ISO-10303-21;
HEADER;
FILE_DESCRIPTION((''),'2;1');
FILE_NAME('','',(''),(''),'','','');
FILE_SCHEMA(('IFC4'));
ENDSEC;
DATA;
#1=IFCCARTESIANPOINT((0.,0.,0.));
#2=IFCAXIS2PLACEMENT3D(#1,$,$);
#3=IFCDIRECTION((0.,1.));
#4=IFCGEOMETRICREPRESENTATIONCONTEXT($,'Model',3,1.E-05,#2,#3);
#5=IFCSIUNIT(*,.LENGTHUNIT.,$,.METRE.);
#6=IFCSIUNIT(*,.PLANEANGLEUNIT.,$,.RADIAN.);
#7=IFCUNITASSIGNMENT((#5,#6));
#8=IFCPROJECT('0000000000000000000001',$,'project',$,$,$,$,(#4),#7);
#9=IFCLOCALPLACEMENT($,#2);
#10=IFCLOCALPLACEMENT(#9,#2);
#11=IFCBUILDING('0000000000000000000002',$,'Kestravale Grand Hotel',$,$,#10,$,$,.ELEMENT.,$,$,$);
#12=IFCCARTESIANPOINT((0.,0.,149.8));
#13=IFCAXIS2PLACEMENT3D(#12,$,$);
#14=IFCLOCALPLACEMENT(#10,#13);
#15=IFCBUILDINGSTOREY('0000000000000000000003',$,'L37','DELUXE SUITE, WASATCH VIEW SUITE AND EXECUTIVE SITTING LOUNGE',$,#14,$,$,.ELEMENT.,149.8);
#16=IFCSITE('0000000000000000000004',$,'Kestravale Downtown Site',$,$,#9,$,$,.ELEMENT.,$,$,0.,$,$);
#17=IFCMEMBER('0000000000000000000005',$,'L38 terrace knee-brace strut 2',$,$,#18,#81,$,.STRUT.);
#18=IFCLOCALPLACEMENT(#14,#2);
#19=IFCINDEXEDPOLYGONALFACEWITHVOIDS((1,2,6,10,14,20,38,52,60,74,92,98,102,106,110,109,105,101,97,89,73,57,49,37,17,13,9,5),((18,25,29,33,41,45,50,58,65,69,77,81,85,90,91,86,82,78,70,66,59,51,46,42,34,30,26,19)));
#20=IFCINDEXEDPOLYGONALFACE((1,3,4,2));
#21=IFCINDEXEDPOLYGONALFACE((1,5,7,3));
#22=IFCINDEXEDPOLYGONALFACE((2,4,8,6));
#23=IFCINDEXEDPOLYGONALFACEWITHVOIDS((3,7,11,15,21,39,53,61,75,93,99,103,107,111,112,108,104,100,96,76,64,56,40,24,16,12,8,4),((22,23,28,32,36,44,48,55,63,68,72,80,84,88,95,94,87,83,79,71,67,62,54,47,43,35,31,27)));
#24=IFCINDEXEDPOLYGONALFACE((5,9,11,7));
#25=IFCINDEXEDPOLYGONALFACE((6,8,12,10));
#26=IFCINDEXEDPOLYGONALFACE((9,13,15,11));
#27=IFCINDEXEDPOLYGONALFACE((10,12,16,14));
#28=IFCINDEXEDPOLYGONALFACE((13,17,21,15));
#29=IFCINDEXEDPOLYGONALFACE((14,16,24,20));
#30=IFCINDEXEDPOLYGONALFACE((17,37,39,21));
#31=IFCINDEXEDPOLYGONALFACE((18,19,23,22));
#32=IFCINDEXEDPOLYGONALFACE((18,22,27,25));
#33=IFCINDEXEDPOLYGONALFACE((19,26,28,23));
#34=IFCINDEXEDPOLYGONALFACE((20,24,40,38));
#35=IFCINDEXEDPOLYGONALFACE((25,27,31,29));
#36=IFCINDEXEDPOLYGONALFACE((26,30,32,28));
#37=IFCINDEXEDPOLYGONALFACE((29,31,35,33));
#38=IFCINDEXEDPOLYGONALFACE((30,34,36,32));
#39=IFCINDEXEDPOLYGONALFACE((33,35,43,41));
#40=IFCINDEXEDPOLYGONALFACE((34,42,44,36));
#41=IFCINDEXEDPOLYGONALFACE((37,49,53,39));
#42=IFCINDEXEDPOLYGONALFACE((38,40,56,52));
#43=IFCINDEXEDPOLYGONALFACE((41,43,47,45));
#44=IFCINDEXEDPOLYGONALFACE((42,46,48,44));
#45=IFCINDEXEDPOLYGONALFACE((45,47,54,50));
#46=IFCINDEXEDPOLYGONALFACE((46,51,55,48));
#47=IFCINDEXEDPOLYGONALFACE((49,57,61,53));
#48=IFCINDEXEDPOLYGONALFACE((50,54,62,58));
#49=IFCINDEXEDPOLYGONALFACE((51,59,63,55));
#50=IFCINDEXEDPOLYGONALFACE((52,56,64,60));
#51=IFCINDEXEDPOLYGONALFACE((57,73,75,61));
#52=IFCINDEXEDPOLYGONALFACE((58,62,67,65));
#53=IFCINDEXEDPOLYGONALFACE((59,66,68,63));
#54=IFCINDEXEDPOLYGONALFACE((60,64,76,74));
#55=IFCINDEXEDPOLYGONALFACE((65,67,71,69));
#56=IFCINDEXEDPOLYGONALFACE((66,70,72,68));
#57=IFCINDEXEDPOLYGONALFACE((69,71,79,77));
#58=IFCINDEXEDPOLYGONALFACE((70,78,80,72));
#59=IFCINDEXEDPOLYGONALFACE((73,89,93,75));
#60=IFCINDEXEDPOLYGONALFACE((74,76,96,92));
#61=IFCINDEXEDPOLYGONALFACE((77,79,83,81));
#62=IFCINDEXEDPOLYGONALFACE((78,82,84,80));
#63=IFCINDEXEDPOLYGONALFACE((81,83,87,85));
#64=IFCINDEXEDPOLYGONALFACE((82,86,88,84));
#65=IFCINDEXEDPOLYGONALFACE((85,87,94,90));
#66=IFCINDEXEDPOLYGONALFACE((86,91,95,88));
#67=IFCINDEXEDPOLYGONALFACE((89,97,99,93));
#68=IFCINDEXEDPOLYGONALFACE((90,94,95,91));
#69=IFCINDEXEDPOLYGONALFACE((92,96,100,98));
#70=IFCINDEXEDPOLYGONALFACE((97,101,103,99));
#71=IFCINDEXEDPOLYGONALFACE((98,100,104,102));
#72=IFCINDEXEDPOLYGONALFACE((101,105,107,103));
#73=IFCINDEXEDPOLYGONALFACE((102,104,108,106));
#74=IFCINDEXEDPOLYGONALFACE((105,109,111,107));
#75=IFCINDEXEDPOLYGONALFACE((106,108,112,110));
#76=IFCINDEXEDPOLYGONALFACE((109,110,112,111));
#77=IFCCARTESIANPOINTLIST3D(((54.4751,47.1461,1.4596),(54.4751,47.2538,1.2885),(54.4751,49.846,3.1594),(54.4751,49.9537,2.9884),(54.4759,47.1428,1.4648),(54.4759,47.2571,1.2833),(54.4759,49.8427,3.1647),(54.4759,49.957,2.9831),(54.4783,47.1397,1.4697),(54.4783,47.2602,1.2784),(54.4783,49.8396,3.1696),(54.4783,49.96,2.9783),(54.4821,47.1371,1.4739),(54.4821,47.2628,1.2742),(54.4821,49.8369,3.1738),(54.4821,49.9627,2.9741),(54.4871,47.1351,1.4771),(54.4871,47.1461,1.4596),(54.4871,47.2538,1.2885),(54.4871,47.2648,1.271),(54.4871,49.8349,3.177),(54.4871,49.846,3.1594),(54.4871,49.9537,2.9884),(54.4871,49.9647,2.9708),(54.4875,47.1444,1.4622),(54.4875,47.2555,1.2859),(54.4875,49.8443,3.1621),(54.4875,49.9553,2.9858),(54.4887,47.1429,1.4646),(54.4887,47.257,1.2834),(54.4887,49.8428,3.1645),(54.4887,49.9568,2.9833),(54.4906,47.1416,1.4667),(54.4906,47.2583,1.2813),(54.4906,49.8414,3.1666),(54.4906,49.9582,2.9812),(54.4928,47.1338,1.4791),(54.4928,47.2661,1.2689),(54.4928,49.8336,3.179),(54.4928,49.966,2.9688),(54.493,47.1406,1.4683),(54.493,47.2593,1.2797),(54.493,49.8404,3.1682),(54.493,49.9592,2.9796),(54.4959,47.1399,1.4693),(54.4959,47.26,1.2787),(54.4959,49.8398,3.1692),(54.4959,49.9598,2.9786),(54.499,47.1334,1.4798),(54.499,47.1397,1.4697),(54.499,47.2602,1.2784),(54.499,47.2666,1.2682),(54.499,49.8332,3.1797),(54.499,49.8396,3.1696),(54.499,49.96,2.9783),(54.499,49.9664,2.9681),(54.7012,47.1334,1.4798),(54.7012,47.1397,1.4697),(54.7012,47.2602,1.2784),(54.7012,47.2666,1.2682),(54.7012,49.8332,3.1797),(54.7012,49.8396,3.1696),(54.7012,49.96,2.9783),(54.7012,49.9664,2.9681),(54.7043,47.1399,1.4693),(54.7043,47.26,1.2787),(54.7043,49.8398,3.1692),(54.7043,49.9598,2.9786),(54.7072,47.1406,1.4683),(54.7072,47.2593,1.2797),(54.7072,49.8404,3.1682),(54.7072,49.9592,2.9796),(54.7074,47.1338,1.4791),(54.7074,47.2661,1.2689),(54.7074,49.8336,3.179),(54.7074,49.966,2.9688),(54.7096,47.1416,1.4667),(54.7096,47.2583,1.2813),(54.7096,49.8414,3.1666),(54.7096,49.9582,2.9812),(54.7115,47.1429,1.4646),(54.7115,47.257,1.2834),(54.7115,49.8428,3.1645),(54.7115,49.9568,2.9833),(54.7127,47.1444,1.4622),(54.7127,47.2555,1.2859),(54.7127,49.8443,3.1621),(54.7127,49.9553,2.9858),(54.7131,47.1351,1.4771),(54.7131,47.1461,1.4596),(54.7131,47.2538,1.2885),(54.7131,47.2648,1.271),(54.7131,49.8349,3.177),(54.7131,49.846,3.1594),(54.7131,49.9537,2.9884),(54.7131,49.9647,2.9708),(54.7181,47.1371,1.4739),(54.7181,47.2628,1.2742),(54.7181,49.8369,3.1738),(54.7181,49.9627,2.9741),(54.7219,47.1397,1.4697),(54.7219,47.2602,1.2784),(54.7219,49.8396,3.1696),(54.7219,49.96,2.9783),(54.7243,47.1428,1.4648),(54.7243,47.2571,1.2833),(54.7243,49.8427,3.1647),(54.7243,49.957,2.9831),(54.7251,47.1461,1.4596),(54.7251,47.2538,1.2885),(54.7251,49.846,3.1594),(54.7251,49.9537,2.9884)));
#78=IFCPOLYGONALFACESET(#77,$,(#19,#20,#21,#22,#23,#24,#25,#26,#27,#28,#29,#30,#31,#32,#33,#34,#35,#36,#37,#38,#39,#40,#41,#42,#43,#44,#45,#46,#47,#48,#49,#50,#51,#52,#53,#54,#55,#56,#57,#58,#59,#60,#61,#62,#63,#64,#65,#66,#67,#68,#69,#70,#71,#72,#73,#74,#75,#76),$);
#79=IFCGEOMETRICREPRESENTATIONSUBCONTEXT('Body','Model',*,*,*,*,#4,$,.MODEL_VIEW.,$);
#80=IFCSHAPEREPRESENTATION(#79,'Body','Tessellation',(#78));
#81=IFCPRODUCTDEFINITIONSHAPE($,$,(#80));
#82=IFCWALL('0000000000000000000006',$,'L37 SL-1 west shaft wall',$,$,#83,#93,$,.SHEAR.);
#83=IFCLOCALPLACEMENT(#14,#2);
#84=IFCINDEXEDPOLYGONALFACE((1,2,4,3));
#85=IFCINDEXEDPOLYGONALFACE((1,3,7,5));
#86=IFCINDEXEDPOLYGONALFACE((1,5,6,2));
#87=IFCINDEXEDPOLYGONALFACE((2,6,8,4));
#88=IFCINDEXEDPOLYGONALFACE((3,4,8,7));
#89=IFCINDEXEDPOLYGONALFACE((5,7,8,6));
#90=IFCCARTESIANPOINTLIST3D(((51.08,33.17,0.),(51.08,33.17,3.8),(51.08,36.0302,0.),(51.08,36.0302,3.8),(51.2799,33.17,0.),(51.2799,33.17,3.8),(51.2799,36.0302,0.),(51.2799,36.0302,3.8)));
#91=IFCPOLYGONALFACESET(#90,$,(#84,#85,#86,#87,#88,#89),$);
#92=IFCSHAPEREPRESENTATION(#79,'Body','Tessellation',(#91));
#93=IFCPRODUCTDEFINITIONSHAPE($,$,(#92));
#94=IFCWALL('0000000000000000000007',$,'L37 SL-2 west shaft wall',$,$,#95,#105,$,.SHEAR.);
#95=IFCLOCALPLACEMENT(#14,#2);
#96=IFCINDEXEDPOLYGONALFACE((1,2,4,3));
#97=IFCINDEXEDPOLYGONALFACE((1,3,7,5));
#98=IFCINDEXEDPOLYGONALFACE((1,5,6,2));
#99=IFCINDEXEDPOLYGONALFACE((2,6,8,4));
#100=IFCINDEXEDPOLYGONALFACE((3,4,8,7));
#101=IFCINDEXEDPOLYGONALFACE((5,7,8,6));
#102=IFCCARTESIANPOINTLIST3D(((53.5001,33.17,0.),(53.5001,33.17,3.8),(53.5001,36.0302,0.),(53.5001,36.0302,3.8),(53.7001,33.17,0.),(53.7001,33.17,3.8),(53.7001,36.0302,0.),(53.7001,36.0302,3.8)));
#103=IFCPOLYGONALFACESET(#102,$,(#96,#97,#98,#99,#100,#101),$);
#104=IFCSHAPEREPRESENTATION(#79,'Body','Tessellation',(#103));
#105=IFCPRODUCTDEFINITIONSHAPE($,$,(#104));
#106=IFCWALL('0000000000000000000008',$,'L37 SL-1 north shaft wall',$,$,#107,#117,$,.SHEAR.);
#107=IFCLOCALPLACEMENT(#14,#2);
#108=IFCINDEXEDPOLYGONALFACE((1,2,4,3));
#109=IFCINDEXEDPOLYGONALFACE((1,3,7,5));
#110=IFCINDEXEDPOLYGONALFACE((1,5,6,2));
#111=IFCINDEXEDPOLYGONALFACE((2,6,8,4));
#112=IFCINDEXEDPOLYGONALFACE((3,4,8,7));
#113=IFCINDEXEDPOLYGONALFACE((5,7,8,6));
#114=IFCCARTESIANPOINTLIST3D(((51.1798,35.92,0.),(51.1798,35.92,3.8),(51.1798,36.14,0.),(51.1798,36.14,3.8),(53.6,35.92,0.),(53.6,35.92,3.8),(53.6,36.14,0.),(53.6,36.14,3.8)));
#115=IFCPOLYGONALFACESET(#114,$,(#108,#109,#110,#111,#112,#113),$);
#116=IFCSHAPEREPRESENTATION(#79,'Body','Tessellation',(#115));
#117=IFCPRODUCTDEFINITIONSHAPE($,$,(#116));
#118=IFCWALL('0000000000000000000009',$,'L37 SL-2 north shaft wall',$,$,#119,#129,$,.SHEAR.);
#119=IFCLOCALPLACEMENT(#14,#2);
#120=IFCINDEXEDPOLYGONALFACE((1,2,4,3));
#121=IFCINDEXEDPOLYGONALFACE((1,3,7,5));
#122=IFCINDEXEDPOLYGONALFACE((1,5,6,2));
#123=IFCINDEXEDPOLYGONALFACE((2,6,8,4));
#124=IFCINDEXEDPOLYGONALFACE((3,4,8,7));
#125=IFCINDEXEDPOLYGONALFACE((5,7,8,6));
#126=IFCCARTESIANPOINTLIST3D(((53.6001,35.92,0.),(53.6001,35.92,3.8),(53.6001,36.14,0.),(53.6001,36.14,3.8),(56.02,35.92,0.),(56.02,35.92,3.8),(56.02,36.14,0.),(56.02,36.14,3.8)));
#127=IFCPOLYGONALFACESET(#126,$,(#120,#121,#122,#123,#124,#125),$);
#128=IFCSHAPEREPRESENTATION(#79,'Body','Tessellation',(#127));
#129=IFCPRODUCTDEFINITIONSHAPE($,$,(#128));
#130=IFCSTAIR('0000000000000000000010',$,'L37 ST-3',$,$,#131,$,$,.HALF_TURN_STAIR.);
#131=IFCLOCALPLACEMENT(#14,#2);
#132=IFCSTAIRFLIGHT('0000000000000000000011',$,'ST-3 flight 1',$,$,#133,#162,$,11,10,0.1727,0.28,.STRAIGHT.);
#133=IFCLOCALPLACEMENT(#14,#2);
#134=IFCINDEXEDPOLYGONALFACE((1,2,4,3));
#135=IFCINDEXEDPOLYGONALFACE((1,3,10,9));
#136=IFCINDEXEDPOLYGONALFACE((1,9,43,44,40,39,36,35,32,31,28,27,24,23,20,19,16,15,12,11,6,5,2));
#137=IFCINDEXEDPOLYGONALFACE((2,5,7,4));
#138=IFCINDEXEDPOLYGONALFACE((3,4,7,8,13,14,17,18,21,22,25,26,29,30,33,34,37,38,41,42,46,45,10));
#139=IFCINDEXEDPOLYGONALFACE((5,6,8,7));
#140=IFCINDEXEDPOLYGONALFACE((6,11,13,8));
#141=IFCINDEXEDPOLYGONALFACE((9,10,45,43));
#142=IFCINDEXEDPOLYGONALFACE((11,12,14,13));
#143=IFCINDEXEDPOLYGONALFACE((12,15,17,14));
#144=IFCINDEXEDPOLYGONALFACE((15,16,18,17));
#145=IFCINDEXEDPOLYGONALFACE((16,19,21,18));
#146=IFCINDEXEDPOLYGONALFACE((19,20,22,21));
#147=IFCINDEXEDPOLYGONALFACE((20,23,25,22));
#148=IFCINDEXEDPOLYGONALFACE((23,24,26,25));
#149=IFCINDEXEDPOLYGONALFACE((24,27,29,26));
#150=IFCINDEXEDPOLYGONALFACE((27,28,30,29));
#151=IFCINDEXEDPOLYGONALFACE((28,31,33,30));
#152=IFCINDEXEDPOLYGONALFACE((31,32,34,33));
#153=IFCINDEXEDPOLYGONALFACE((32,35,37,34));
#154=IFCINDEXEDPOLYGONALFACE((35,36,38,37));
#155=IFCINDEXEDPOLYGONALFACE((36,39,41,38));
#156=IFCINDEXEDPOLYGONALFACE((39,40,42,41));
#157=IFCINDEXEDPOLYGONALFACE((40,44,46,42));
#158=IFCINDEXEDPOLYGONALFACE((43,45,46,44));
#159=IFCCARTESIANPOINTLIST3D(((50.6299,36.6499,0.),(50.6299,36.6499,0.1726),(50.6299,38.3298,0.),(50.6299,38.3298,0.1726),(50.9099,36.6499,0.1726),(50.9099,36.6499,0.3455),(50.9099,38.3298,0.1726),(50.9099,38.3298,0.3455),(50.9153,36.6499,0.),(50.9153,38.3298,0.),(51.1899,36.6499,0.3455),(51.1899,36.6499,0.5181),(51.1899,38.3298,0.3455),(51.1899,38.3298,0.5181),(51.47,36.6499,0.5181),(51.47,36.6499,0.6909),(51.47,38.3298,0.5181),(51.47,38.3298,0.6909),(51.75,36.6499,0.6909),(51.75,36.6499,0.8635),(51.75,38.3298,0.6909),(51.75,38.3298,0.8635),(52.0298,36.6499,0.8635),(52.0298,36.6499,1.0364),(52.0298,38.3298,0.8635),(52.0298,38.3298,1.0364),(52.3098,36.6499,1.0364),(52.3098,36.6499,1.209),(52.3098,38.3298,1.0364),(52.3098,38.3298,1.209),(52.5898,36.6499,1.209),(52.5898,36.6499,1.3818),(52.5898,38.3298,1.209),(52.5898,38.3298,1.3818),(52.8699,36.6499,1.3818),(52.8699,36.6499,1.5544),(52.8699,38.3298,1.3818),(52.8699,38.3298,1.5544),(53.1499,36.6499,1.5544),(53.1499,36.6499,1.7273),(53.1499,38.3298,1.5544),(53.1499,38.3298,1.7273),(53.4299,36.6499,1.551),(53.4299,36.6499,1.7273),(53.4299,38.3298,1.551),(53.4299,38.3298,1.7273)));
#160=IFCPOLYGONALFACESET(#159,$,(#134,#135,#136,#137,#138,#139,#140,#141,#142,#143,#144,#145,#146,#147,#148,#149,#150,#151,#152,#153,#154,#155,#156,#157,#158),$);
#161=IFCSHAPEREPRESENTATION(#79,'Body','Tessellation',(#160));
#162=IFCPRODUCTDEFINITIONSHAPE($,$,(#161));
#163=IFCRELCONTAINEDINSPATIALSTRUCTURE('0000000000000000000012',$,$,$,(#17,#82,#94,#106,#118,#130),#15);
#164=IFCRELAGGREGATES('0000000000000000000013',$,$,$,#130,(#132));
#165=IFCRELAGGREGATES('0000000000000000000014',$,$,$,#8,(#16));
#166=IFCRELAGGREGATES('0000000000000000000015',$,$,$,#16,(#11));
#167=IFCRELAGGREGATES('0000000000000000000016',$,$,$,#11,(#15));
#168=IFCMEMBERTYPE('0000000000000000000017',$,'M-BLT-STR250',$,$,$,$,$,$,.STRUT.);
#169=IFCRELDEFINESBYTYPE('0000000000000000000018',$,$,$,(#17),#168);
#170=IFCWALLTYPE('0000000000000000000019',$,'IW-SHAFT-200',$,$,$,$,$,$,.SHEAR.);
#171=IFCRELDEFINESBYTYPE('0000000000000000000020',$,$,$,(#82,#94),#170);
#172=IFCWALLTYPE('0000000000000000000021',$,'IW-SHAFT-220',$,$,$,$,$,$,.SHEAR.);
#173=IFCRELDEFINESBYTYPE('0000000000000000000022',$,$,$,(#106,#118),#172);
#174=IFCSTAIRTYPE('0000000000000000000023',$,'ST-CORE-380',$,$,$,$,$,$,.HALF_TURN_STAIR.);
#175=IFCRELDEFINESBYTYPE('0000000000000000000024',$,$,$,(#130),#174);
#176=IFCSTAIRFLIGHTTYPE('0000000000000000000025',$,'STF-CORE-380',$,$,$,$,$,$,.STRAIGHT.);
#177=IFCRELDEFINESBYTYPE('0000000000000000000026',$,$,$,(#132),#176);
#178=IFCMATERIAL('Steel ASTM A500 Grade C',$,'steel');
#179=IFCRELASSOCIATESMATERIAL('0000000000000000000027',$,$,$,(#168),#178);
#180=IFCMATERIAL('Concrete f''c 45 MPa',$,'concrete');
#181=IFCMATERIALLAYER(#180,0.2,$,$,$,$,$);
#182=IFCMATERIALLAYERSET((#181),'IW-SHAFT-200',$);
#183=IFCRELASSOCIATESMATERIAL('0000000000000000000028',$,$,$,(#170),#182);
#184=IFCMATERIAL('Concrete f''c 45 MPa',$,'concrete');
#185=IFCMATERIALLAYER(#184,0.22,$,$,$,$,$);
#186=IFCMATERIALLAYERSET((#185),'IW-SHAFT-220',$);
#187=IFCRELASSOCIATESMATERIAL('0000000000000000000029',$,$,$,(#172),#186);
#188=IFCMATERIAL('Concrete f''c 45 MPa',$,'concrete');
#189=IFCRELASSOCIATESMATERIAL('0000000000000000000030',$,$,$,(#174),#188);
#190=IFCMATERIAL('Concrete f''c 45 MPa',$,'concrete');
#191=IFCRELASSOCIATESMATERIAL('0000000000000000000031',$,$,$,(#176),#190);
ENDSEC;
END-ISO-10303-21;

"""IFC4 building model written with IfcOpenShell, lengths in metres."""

from ifc_helpers import new_model, si_unit, direction, frame, frame_2d, origin, origin_2d, place, context, subcontext, project, spatial, polyline, rectangle, hollow_rectangle, outline, extrude, material, layer, layer_set, material_profile, profile_set, type_object, element, aggregate, save


model = new_model("IFC4")

# Units and contexts
model_context = context("Model", 3, precision=1e-05, world=origin(), true_north=direction((0.0, 1.0)))
body_context = subcontext(model_context, "Body", "Model", "MODEL_VIEW")
ifc_project = project(units=[si_unit("LENGTHUNIT", "METRE"), si_unit("PLANEANGLEUNIT", "RADIAN")], contexts=[model_context])

# Site, building, storey
site_placement = place(None, origin())
site = spatial("IfcSite", under=ifc_project, at=site_placement, Name="Kestravale Downtown Site", CompositionType="ELEMENT", RefElevation=0.0)
building_placement = place(site_placement, origin())
building = spatial("IfcBuilding", under=site, at=building_placement, Name="Kestravale Grand Hotel", CompositionType="ELEMENT")
storey_placement = place(building_placement, frame((0.0, 0.0, 149.8)))
storey = spatial("IfcBuildingStorey", under=building, at=storey_placement, Name="L37", Description="DELUXE SUITE, WASATCH VIEW SUITE AND EXECUTIVE SITTING LOUNGE", CompositionType="ELEMENT", Elevation=149.8)

# Member
ifc_material_1 = material(Name="Steel ASTM A500 Grade C", Category="steel")
ifc_material_profile_1 = material_profile(ifc_material_1, hollow_rectangle(XDim=0.25, YDim=0.25, WallThickness=0.012, InnerFilletRadius=0.012, OuterFilletRadius=0.0239, at=origin_2d()))
ifc_profile_set_1 = profile_set([ifc_material_profile_1], Name="Steel ASTM A500 Grade C")
member_type = type_object("IfcMemberType", Name="M-BLT-STR250", PredefinedType="STRUT", material=ifc_profile_set_1)
member_placement = place(storey_placement, frame((54.6001, 47.2, 1.374), z_axis=(0.0, 0.846235, 0.532809), x_axis=(-1.0, 0.0, 0.0)))
element("IfcMember", 1, at=member_placement, inside=storey, type_object=member_type, Name="L38 terrace knee-brace strut 2", PredefinedType="STRUT", context=body_context, shape_type="SweptSolid", body=[
    extrude(hollow_rectangle(XDim=0.25, YDim=0.25, WallThickness=0.012, InnerFilletRadius=0.012, OuterFilletRadius=0.0239, at=origin_2d()), origin(), (0.0, 0.0, 1.0), 3.1904),
])

# Walls
ifc_material_2 = material(Name="Concrete f'c 45 MPa", Category="concrete")
ifc_layer_1 = layer(ifc_material_2, 0.2)
ifc_layer_set_1 = layer_set([ifc_layer_1], Name="IW-SHAFT-200")
wall_type_1 = type_object("IfcWallType", Name="IW-SHAFT-200", PredefinedType="SHEAR", material=ifc_layer_set_1)
for number, where, z_axis, x_axis, name in (
    (2, (51.1799, 33.1699, 0.0), (0.0, 0.0, 1.0), (0.0, 1.0, 0.0), "L37 SL-1 west shaft wall"),
    (3, (53.6001, 33.1699, 0.0), (0.0, 0.0, 1.0), (0.0, 1.0, 0.0), "L37 SL-2 west shaft wall"),
):
    element("IfcWall", number, at=place(storey_placement, frame(where, z_axis=z_axis, x_axis=x_axis)), inside=storey, type_object=wall_type_1, Name=name, PredefinedType="SHEAR", context=body_context, shape_type="SweptSolid", body=[
        extrude(rectangle(XDim=2.8601, YDim=0.2, at=frame_2d((1.4302, 0.0))), origin(), (0.0, 0.0, 1.0), 3.8),
    ])
ifc_material_3 = material(Name="Concrete f'c 45 MPa", Category="concrete")
ifc_layer_2 = layer(ifc_material_3, 0.22)
ifc_layer_set_2 = layer_set([ifc_layer_2], Name="IW-SHAFT-220")
wall_type_2 = type_object("IfcWallType", Name="IW-SHAFT-220", PredefinedType="SHEAR", material=ifc_layer_set_2)
wall_1_placement = place(storey_placement, frame((51.1799, 36.03, 0.0), z_axis=(0.0, 0.0, 1.0), x_axis=(1.0, 0.0, 0.0)))
element("IfcWall", 4, at=wall_1_placement, inside=storey, type_object=wall_type_2, Name="L37 SL-1 north shaft wall", PredefinedType="SHEAR", context=body_context, shape_type="SweptSolid", body=[
    extrude(rectangle(XDim=2.4202, YDim=0.22, at=frame_2d((1.21, 0.0))), origin(), (0.0, 0.0, 1.0), 3.8),
])

# Wall
wall_2_placement = place(storey_placement, frame((53.6001, 36.03, 0.0), z_axis=(0.0, 0.0, 1.0), x_axis=(1.0, 0.0, 0.0)))
element("IfcWall", 5, at=wall_2_placement, inside=storey, type_object=wall_type_2, Name="L37 SL-2 north shaft wall", PredefinedType="SHEAR", context=body_context, shape_type="SweptSolid", body=[
    extrude(rectangle(XDim=2.4199, YDim=0.22, at=frame_2d((1.21, 0.0))), origin(), (0.0, 0.0, 1.0), 3.8),
])

# Stair, stair flight
ifc_material_4 = material(Name="Concrete f'c 45 MPa", Category="concrete")
stair_type = type_object("IfcStairType", Name="ST-CORE-380", PredefinedType="HALF_TURN_STAIR", material=ifc_material_4)
stair_placement = place(storey_placement, origin())
stair = element("IfcStair", 6, at=stair_placement, inside=storey, type_object=stair_type, Name="L37 ST-3", PredefinedType="HALF_TURN_STAIR")
ifc_material_5 = material(Name="Concrete f'c 45 MPa", Category="concrete")
stair_flight_type = type_object("IfcStairFlightType", Name="STF-CORE-380", PredefinedType="STRAIGHT", material=ifc_material_5)
stair_flight_1_placement = place(storey_placement, frame((50.6299, 37.49, 0.0), z_axis=(0.0, 0.0, 1.0), x_axis=(1.0, 0.0, 0.0)))
stair_flight_1 = element("IfcStairFlight", 7, at=stair_flight_1_placement, type_object=stair_flight_type, Name="ST-3 flight 1", NumberOfRisers=11, NumberOfTreads=10, PredefinedType="STRAIGHT", RiserHeight=0.1727, TreadLength=0.28, context=body_context, shape_type="SweptSolid", body=[
    extrude(outline(polyline([(0.0, 0.0), (0.0, 0.1726), (0.28, 0.1726), (0.28, 0.3455), (0.5601, 0.3455), (0.5601, 0.5181), (0.8401, 0.5181), (0.8401, 0.6909), (1.1201, 0.6909), (1.1201, 0.8635), (1.3999, 0.8635), (1.3999, 1.0364), (1.6799, 1.0364), (1.6799, 1.209), (1.96, 1.209), (1.96, 1.3818), (2.24, 1.3818), (2.24, 1.5544), (2.52, 1.5544), (2.52, 1.7273), (2.8, 1.7273), (2.8, 1.8999), (2.8, 1.551), (0.2854, 0.0), (0.0, 0.0)])), frame((0.0, 0.8398, 0.0), z_axis=(0.0, -1.0, 0.0), x_axis=(1.0, 0.0, 0.0)), (0.0, 0.0, 1.0), 1.6799),
])
aggregate(stair, [stair_flight_1])

save(model, "model.ifc")
